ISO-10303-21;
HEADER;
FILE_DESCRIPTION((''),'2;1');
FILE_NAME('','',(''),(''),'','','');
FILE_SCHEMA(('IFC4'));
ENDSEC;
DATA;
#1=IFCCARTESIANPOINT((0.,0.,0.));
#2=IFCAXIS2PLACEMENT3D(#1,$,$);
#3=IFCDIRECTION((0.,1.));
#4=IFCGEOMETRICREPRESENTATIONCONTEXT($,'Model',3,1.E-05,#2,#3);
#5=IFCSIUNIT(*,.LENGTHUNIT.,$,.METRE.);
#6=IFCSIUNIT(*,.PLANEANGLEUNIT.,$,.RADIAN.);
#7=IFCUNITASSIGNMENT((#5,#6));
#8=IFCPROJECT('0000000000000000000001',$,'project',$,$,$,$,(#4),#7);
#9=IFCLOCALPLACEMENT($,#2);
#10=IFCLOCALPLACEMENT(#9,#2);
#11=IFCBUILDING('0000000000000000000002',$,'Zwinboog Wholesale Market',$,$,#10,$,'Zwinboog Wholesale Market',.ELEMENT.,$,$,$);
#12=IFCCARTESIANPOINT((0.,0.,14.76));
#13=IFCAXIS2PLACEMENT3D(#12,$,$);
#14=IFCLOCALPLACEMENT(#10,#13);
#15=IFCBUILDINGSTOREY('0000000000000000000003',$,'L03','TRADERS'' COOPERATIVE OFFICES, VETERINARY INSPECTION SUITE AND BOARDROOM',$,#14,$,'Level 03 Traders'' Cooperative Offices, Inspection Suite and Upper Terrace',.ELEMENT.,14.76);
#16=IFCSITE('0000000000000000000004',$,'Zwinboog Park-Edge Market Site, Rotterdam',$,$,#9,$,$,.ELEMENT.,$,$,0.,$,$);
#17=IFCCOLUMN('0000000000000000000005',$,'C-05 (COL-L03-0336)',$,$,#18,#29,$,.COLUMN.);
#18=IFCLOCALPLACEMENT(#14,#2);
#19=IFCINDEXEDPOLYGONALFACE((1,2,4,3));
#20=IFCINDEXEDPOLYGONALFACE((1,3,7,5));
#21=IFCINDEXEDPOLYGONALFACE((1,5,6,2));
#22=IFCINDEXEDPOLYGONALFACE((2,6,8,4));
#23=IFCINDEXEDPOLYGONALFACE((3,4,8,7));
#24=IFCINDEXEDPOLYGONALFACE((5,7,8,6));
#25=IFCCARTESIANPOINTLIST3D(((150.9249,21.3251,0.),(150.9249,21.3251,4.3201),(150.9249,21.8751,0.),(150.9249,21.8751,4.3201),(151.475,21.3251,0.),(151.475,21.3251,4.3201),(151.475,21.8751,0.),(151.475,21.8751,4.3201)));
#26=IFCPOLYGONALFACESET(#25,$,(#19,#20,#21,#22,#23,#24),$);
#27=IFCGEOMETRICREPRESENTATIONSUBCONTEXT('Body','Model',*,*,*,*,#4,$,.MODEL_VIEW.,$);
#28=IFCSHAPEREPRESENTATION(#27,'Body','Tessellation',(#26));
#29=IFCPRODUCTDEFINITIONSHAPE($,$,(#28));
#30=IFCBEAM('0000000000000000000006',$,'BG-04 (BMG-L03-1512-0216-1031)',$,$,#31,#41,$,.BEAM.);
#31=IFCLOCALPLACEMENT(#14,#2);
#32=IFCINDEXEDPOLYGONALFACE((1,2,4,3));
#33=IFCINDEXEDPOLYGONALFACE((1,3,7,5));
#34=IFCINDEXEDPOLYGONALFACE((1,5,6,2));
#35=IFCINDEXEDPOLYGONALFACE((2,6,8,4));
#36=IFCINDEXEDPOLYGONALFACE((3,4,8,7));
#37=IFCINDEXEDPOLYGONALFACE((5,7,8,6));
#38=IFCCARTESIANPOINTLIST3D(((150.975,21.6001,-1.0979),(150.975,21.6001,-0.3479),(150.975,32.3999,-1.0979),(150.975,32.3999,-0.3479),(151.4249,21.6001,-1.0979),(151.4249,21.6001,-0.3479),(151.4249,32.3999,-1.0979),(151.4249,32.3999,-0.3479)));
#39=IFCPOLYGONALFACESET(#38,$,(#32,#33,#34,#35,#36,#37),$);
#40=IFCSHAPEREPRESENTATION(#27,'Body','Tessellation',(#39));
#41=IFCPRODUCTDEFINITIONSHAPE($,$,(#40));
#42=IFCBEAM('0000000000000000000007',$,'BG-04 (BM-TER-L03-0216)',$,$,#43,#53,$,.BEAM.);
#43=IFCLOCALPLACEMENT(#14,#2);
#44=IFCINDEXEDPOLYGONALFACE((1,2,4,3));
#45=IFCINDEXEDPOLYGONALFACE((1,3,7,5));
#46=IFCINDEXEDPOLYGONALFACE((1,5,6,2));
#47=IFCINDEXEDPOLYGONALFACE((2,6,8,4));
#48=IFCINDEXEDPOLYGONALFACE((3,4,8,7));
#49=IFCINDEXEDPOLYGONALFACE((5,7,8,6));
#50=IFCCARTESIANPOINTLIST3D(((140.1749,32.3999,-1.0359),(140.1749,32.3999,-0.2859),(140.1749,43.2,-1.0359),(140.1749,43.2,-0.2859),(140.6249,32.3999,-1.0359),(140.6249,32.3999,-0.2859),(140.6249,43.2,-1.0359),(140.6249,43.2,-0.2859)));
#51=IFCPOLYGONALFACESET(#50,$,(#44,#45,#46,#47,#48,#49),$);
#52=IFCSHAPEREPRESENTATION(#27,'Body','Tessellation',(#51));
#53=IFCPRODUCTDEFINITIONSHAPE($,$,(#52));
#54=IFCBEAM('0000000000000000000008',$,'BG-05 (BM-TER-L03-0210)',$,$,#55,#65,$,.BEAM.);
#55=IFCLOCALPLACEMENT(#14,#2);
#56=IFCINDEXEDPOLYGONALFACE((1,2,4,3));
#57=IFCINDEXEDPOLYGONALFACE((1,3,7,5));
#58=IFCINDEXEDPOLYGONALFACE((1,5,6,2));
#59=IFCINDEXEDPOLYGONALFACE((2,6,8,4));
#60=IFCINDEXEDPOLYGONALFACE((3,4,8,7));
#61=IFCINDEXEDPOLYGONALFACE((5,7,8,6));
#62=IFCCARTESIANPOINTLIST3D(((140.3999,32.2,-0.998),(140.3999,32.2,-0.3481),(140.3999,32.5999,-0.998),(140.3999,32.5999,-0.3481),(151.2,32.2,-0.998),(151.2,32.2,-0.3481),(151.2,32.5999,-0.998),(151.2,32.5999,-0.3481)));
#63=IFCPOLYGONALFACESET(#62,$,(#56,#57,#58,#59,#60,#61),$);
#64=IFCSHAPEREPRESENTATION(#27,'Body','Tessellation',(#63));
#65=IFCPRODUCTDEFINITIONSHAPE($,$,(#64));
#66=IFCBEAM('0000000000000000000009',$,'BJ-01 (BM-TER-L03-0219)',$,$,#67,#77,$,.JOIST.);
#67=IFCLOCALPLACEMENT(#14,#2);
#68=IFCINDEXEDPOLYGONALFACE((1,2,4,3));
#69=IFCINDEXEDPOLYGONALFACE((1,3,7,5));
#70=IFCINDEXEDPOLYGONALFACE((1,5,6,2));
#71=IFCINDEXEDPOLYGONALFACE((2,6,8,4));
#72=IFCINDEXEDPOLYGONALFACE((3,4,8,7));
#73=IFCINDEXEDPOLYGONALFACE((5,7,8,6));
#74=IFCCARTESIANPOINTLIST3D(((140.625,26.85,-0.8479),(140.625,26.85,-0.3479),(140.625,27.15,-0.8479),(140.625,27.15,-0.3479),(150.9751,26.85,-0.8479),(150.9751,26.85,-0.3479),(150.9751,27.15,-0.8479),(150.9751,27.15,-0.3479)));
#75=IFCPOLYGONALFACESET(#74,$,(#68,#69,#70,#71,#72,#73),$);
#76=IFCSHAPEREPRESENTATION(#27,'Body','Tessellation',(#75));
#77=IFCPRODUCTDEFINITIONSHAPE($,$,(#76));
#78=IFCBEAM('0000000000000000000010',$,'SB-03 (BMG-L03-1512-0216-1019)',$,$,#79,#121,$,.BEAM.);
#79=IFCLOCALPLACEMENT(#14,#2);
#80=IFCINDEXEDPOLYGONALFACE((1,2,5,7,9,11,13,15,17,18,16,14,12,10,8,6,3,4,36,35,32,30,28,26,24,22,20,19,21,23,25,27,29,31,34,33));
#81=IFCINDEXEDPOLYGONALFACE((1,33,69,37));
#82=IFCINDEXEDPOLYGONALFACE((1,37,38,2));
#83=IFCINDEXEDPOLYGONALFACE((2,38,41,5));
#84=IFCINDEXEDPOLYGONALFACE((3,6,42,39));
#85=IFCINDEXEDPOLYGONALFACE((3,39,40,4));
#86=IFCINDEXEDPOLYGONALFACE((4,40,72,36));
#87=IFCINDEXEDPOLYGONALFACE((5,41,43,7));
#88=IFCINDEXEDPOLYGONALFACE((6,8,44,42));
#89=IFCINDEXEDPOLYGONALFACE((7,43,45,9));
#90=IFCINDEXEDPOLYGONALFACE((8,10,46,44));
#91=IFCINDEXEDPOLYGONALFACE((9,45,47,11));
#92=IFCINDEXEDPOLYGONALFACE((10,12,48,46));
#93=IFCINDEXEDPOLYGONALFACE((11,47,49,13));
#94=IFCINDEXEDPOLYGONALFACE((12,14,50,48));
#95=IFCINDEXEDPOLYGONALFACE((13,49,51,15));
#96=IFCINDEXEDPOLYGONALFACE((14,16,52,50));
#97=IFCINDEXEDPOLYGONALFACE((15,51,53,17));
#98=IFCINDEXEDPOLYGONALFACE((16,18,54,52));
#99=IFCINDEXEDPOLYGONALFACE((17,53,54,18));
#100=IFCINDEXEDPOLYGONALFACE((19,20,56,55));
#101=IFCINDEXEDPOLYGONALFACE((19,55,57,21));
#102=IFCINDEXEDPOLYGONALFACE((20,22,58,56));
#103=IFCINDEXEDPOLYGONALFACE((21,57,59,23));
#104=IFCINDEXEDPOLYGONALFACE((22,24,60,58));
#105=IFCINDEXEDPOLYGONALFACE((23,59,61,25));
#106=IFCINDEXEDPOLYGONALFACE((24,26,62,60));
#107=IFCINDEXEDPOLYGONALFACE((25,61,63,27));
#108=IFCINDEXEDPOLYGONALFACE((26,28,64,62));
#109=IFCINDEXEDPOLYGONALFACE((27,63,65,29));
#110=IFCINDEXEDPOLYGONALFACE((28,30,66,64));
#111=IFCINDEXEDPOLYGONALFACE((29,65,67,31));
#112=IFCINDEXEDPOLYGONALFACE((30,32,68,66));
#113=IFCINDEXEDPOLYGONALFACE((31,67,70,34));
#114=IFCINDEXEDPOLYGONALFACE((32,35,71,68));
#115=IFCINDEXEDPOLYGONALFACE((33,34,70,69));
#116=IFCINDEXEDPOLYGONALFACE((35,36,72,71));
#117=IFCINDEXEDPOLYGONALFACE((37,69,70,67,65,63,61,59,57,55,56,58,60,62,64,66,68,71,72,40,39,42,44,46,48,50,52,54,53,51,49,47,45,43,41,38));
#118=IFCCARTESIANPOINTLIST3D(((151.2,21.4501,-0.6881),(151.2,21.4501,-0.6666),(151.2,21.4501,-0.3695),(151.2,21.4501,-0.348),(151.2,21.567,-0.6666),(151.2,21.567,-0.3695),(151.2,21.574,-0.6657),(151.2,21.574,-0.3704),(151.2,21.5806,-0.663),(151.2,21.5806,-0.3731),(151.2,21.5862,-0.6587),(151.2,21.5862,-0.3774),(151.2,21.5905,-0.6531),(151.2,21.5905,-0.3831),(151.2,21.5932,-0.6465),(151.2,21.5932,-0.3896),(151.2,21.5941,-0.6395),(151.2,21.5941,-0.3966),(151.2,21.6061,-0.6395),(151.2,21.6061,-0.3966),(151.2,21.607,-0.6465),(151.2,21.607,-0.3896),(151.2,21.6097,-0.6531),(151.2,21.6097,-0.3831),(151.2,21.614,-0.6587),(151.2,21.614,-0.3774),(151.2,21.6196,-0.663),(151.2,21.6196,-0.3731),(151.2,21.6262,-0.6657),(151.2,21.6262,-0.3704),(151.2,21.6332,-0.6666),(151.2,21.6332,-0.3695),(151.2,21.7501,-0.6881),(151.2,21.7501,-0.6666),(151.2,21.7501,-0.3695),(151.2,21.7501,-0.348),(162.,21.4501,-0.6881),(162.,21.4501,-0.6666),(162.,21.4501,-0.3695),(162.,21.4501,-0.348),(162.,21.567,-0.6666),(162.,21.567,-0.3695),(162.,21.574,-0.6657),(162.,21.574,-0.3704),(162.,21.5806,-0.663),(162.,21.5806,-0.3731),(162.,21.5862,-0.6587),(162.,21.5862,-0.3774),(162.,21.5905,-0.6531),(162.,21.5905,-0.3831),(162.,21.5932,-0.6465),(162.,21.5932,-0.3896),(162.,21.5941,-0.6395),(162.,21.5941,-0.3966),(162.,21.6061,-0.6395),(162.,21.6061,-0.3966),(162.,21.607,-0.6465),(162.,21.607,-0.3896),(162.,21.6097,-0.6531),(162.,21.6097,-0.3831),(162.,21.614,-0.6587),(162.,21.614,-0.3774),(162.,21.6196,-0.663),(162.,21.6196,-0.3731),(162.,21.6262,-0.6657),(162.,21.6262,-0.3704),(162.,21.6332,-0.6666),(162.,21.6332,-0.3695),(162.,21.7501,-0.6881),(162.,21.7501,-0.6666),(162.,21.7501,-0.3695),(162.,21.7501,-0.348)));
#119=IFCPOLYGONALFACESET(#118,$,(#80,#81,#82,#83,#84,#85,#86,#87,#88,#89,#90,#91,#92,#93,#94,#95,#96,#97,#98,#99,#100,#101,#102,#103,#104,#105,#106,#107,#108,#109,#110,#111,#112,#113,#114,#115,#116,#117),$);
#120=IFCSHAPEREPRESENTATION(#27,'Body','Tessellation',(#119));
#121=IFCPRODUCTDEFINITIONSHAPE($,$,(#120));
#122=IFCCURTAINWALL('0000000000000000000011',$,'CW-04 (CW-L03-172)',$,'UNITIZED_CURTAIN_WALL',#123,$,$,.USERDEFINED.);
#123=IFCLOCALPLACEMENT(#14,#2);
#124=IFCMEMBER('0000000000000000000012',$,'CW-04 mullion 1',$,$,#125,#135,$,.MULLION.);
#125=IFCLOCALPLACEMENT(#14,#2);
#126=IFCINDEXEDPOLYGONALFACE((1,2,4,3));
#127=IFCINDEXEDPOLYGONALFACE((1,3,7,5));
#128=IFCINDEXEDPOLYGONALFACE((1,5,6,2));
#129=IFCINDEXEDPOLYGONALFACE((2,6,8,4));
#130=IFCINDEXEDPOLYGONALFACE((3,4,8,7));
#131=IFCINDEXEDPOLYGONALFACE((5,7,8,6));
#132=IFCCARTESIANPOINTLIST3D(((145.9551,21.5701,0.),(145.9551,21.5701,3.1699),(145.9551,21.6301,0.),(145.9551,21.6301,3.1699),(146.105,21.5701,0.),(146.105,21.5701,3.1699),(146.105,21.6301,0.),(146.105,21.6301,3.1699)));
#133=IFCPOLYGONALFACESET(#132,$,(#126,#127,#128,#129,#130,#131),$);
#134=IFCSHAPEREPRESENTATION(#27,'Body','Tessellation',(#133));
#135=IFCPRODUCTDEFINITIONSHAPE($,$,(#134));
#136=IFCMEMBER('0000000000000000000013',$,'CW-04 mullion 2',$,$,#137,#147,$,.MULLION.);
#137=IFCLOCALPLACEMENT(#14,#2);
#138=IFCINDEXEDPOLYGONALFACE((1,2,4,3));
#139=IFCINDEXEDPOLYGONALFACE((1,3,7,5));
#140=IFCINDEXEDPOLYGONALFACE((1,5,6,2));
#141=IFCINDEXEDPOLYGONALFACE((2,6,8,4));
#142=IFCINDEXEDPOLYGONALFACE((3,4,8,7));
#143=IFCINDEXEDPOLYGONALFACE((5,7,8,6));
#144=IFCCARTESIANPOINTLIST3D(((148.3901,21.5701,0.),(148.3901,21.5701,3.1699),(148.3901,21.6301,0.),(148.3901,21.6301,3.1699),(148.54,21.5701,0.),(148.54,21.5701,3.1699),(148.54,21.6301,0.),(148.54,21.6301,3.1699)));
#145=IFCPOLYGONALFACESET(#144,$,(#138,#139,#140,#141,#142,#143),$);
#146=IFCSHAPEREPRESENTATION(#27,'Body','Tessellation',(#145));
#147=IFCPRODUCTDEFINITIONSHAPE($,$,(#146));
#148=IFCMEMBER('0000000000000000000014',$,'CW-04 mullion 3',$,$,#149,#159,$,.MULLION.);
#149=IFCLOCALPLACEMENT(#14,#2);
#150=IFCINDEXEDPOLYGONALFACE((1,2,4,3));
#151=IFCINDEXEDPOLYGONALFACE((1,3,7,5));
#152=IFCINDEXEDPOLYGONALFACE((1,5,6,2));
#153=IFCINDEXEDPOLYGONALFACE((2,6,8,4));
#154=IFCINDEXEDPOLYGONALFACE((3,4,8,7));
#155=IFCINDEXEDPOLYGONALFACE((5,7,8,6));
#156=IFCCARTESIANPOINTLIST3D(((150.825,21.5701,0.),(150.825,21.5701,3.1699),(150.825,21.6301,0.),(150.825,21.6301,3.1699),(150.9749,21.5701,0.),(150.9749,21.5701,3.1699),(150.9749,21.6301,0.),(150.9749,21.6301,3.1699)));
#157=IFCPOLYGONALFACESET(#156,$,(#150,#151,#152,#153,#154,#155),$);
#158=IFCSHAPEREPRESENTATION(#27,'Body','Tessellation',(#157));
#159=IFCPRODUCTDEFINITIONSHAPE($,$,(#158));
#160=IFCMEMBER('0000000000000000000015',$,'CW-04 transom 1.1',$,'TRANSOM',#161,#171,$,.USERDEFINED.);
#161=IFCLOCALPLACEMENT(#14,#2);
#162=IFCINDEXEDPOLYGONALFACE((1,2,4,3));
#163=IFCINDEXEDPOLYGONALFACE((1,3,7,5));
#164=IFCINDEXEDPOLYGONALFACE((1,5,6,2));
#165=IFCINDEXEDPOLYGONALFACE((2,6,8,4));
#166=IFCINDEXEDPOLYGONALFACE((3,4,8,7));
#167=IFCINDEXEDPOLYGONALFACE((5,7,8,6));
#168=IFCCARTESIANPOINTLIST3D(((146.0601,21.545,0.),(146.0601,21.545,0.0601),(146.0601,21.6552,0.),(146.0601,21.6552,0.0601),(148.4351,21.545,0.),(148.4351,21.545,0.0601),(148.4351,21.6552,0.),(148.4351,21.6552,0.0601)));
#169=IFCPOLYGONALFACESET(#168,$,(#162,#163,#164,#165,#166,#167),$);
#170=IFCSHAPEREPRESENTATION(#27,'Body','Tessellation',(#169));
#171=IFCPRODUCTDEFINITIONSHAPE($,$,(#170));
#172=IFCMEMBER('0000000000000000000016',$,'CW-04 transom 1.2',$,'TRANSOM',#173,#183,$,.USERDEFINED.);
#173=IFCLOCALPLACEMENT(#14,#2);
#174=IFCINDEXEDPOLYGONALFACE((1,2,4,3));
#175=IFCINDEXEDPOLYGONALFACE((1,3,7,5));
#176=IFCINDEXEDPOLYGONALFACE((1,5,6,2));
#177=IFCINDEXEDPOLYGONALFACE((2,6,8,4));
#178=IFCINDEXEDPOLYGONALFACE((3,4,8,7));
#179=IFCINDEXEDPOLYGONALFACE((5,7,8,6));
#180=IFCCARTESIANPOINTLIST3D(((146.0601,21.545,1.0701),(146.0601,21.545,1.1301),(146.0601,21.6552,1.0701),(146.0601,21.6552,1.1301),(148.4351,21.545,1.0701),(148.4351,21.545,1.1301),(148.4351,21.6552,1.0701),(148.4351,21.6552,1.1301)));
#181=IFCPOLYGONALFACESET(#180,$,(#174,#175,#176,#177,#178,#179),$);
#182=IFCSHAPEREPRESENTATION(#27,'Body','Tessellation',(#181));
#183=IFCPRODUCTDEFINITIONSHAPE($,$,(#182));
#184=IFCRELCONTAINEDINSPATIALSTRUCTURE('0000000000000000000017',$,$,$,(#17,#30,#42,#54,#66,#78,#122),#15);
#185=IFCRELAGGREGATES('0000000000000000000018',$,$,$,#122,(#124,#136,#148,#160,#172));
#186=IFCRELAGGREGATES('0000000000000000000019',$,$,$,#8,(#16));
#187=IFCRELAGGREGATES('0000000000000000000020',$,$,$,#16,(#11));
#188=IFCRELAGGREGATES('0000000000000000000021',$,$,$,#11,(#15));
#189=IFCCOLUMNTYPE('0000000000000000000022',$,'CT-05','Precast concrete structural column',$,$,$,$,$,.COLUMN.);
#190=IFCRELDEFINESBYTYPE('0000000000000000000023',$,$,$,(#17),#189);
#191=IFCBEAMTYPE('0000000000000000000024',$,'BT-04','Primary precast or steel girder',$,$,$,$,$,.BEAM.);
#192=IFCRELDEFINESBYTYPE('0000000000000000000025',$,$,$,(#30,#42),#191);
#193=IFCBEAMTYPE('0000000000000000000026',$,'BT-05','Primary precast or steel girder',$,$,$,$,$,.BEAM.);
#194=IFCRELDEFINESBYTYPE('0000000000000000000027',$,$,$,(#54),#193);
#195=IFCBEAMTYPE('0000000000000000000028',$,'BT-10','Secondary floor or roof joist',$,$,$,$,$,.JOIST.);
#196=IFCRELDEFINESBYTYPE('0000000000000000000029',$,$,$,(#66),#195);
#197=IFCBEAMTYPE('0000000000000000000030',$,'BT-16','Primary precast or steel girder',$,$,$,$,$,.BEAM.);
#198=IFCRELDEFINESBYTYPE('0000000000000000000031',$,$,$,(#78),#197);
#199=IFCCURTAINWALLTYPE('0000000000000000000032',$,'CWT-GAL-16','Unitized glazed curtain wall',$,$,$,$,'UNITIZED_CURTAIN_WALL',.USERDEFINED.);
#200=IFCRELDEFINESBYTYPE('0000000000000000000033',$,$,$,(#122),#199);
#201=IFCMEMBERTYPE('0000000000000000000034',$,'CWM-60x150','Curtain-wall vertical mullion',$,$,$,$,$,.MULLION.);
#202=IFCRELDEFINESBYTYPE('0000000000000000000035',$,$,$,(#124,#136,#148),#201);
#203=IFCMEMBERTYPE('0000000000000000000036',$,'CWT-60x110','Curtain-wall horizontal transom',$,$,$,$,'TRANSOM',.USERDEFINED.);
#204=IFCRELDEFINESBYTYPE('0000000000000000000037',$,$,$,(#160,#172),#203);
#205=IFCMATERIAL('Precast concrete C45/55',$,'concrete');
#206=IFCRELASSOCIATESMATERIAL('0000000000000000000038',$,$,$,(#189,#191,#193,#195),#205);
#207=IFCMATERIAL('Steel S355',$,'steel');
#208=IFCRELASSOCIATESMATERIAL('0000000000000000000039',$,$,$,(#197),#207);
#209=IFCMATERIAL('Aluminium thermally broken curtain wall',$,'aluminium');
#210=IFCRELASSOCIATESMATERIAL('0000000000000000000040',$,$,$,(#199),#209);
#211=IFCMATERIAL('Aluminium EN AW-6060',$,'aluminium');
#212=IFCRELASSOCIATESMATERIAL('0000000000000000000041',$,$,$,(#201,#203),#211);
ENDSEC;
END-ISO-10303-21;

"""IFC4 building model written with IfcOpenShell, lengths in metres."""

from ifc_helpers import new_model, si_unit, direction, frame, origin, origin_2d, place, context, subcontext, project, spatial, rectangle, i_section, extrude, material, material_profile, profile_set, type_object, element, aggregate, save


model = new_model("IFC4")

# Units and contexts
model_context = context("Model", 3, precision=1e-05, world=origin(), true_north=direction((0.0, 1.0)))
body_context = subcontext(model_context, "Body", "Model", "MODEL_VIEW")
ifc_project = project(units=[si_unit("LENGTHUNIT", "METRE"), si_unit("PLANEANGLEUNIT", "RADIAN")], contexts=[model_context])

# Site, building, storey
site_placement = place(None, origin())
site = spatial("IfcSite", under=ifc_project, at=site_placement, Name="Zwinboog Park-Edge Market Site, Rotterdam", CompositionType="ELEMENT", RefElevation=0.0)
building_placement = place(site_placement, origin())
building = spatial("IfcBuilding", under=site, at=building_placement, Name="Zwinboog Wholesale Market", LongName="Zwinboog Wholesale Market", CompositionType="ELEMENT")
storey_placement = place(building_placement, frame((0.0, 0.0, 14.76)))
storey = spatial("IfcBuildingStorey", under=building, at=storey_placement, Name="L03", Description="TRADERS' COOPERATIVE OFFICES, VETERINARY INSPECTION SUITE AND BOARDROOM", LongName="Level 03 Traders' Cooperative Offices, Inspection Suite and Upper Terrace", CompositionType="ELEMENT", Elevation=14.76)

# Column
ifc_material_1 = material(Name="Precast concrete C45/55", Category="concrete")
ifc_material_profile_1 = material_profile(ifc_material_1, rectangle(XDim=0.55, YDim=0.55, at=origin_2d()), Name="PC 550x550")
ifc_profile_set_1 = profile_set([ifc_material_profile_1], Name="Precast concrete C45/55")
column_type = type_object("IfcColumnType", Name="CT-05", Description="Precast concrete structural column", PredefinedType="COLUMN", material=ifc_profile_set_1)
column_placement = place(storey_placement, frame((151.2, 21.6001, 0.0), z_axis=(0.0, 0.0, 1.0), x_axis=(1.0, 0.0, 0.0)))
element("IfcColumn", 1, at=column_placement, inside=storey, type_object=column_type, Name="C-05 (COL-L03-0336)", PredefinedType="COLUMN", context=body_context, shape_type="SweptSolid", body=[
    extrude(rectangle(XDim=0.55, YDim=0.55, at=origin_2d()), origin(), (0.0, 0.0, 1.0), 4.3201),
])

# Beams
ifc_material_profile_2 = material_profile(ifc_material_1, rectangle(XDim=0.45, YDim=0.75, at=origin_2d()), Name="PC 450x750")
ifc_profile_set_2 = profile_set([ifc_material_profile_2], Name="Precast concrete C45/55")
beam_type_1 = type_object("IfcBeamType", Name="BT-04", Description="Primary precast or steel girder", PredefinedType="BEAM", material=ifc_profile_set_2)
beam_1_placement = place(storey_placement, frame((151.2, 21.6001, -0.7229), z_axis=(0.0, 1.0, 0.0), x_axis=(-1.0, 0.0, 0.0)))
element("IfcBeam", 2, at=beam_1_placement, inside=storey, type_object=beam_type_1, Name="BG-04 (BMG-L03-1512-0216-1031)", PredefinedType="BEAM", context=body_context, shape_type="SweptSolid", body=[
    extrude(rectangle(XDim=0.45, YDim=0.75, at=origin_2d()), origin(), (0.0, 0.0, 1.0), 10.7998),
])
beam_2_placement = place(storey_placement, frame((140.3999, 32.3999, -0.6609), z_axis=(0.0, 1.0, 0.0), x_axis=(-1.0, 0.0, 0.0)))
element("IfcBeam", 3, at=beam_2_placement, inside=storey, type_object=beam_type_1, Name="BG-04 (BM-TER-L03-0216)", PredefinedType="BEAM", context=body_context, shape_type="SweptSolid", body=[
    extrude(rectangle(XDim=0.45, YDim=0.75, at=origin_2d()), origin(), (0.0, 0.0, 1.0), 10.8),
])
ifc_material_profile_3 = material_profile(ifc_material_1, rectangle(XDim=0.3999, YDim=0.6499, at=origin_2d()), Name="PC 400x650")
ifc_profile_set_3 = profile_set([ifc_material_profile_3], Name="Precast concrete C45/55")
beam_type_2 = type_object("IfcBeamType", Name="BT-05", Description="Primary precast or steel girder", PredefinedType="BEAM", material=ifc_profile_set_3)
beam_3_placement = place(storey_placement, frame((140.3999, 32.3999, -0.6731), z_axis=(1.0, 0.0, 0.0), x_axis=(0.0, 1.0, 0.0)))
element("IfcBeam", 4, at=beam_3_placement, inside=storey, type_object=beam_type_2, Name="BG-05 (BM-TER-L03-0210)", PredefinedType="BEAM", context=body_context, shape_type="SweptSolid", body=[
    extrude(rectangle(XDim=0.3999, YDim=0.6499, at=origin_2d()), origin(), (0.0, 0.0, 1.0), 10.8),
])
ifc_material_profile_4 = material_profile(ifc_material_1, rectangle(XDim=0.3, YDim=0.5, at=origin_2d()), Name="PC 300x500")
ifc_profile_set_4 = profile_set([ifc_material_profile_4], Name="Precast concrete C45/55")
beam_type_3 = type_object("IfcBeamType", Name="BT-10", Description="Secondary floor or roof joist", PredefinedType="JOIST", material=ifc_profile_set_4)
beam_4_placement = place(storey_placement, frame((140.625, 27.0, -0.5979), z_axis=(1.0, 0.0, 0.0), x_axis=(0.0, 1.0, 0.0)))
element("IfcBeam", 5, at=beam_4_placement, inside=storey, type_object=beam_type_3, Name="BJ-01 (BM-TER-L03-0219)", PredefinedType="JOIST", context=body_context, shape_type="SweptSolid", body=[
    extrude(rectangle(XDim=0.3, YDim=0.5, at=origin_2d()), origin(), (0.0, 0.0, 1.0), 10.3501),
])
ifc_material_2 = material(Name="Steel S355", Category="steel")
ifc_material_profile_5 = material_profile(ifc_material_2, i_section(OverallWidth=0.3, OverallDepth=0.3401, WebThickness=0.012, FlangeThickness=0.0215, FilletRadius=0.0271, at=origin_2d()), Name="HEB 340")
ifc_profile_set_5 = profile_set([ifc_material_profile_5], Name="Steel S355")
beam_type_4 = type_object("IfcBeamType", Name="BT-16", Description="Primary precast or steel girder", PredefinedType="BEAM", material=ifc_profile_set_5)
beam_5_placement = place(storey_placement, frame((151.2, 21.6001, -0.5181), z_axis=(1.0, 0.0, 0.0), x_axis=(0.0, 1.0, 0.0)))
element("IfcBeam", 6, at=beam_5_placement, inside=storey, type_object=beam_type_4, Name="SB-03 (BMG-L03-1512-0216-1019)", PredefinedType="BEAM", context=body_context, shape_type="SweptSolid", body=[
    extrude(i_section(OverallWidth=0.3, OverallDepth=0.3401, WebThickness=0.012, FlangeThickness=0.0215, FilletRadius=0.0271, at=origin_2d()), origin(), (0.0, 0.0, 1.0), 10.8),
])

# Curtain wall, members
ifc_material_3 = material(Name="Aluminium thermally broken curtain wall", Category="aluminium")
curtain_wall_type = type_object("IfcCurtainWallType", Name="CWT-GAL-16", Description="Unitized glazed curtain wall", ElementType="UNITIZED_CURTAIN_WALL", PredefinedType="USERDEFINED", material=ifc_material_3)
curtain_wall_placement = place(storey_placement, origin())
curtain_wall = element("IfcCurtainWall", 7, at=curtain_wall_placement, inside=storey, type_object=curtain_wall_type, Name="CW-04 (CW-L03-172)", ObjectType="UNITIZED_CURTAIN_WALL", PredefinedType="USERDEFINED")
ifc_material_4 = material(Name="Aluminium EN AW-6060", Category="aluminium")
ifc_material_profile_6 = material_profile(ifc_material_4, rectangle(XDim=0.0601, YDim=0.1499, at=origin_2d()), Name="AL 60x150")
ifc_profile_set_6 = profile_set([ifc_material_profile_6], Name="Aluminium EN AW-6060")
member_type_1 = type_object("IfcMemberType", Name="CWM-60x150", Description="Curtain-wall vertical mullion", PredefinedType="MULLION", material=ifc_profile_set_6)
member_1_placement = place(storey_placement, frame((146.03, 21.6001, 0.0), z_axis=(0.0, 0.0, 1.0), x_axis=(0.0, 1.0, 0.0)))
member_1 = element("IfcMember", 8, at=member_1_placement, type_object=member_type_1, Name="CW-04 mullion 1", PredefinedType="MULLION", context=body_context, shape_type="SweptSolid", body=[
    extrude(rectangle(XDim=0.0601, YDim=0.1499, at=origin_2d()), origin(), (0.0, 0.0, 1.0), 3.1699),
])
member_2_placement = place(storey_placement, frame((148.4651, 21.6001, 0.0), z_axis=(0.0, 0.0, 1.0), x_axis=(0.0, 1.0, 0.0)))
member_2 = element("IfcMember", 9, at=member_2_placement, type_object=member_type_1, Name="CW-04 mullion 2", PredefinedType="MULLION", context=body_context, shape_type="SweptSolid", body=[
    extrude(rectangle(XDim=0.0601, YDim=0.1499, at=origin_2d()), origin(), (0.0, 0.0, 1.0), 3.1699),
])
member_3_placement = place(storey_placement, frame((150.8999, 21.6001, 0.0), z_axis=(0.0, 0.0, 1.0), x_axis=(0.0, 1.0, 0.0)))
member_3 = element("IfcMember", 10, at=member_3_placement, type_object=member_type_1, Name="CW-04 mullion 3", PredefinedType="MULLION", context=body_context, shape_type="SweptSolid", body=[
    extrude(rectangle(XDim=0.0601, YDim=0.1499, at=origin_2d()), origin(), (0.0, 0.0, 1.0), 3.1699),
])
ifc_material_profile_7 = material_profile(ifc_material_4, rectangle(XDim=0.1101, YDim=0.0601, at=origin_2d()), Name="AL 60x110")
ifc_profile_set_7 = profile_set([ifc_material_profile_7], Name="Aluminium EN AW-6060")
member_type_2 = type_object("IfcMemberType", Name="CWT-60x110", Description="Curtain-wall horizontal transom", ElementType="TRANSOM", PredefinedType="USERDEFINED", material=ifc_profile_set_7)
member_4_placement = place(storey_placement, frame((146.0601, 21.6001, 0.03), z_axis=(1.0, 0.0, 0.0), x_axis=(0.0, 1.0, 0.0)))
member_4 = element("IfcMember", 11, at=member_4_placement, type_object=member_type_2, Name="CW-04 transom 1.1", ObjectType="TRANSOM", PredefinedType="USERDEFINED", context=body_context, shape_type="SweptSolid", body=[
    extrude(rectangle(XDim=0.1101, YDim=0.0601, at=origin_2d()), origin(), (0.0, 0.0, 1.0), 2.375),
])
member_5_placement = place(storey_placement, frame((146.0601, 21.6001, 1.1001), z_axis=(1.0, 0.0, 0.0), x_axis=(0.0, 1.0, 0.0)))
member_5 = element("IfcMember", 12, at=member_5_placement, type_object=member_type_2, Name="CW-04 transom 1.2", ObjectType="TRANSOM", PredefinedType="USERDEFINED", context=body_context, shape_type="SweptSolid", body=[
    extrude(rectangle(XDim=0.1101, YDim=0.0601, at=origin_2d()), origin(), (0.0, 0.0, 1.0), 2.375),
])
aggregate(curtain_wall, [member_1, member_2, member_3, member_4, member_5])

save(model, "model.ifc")
